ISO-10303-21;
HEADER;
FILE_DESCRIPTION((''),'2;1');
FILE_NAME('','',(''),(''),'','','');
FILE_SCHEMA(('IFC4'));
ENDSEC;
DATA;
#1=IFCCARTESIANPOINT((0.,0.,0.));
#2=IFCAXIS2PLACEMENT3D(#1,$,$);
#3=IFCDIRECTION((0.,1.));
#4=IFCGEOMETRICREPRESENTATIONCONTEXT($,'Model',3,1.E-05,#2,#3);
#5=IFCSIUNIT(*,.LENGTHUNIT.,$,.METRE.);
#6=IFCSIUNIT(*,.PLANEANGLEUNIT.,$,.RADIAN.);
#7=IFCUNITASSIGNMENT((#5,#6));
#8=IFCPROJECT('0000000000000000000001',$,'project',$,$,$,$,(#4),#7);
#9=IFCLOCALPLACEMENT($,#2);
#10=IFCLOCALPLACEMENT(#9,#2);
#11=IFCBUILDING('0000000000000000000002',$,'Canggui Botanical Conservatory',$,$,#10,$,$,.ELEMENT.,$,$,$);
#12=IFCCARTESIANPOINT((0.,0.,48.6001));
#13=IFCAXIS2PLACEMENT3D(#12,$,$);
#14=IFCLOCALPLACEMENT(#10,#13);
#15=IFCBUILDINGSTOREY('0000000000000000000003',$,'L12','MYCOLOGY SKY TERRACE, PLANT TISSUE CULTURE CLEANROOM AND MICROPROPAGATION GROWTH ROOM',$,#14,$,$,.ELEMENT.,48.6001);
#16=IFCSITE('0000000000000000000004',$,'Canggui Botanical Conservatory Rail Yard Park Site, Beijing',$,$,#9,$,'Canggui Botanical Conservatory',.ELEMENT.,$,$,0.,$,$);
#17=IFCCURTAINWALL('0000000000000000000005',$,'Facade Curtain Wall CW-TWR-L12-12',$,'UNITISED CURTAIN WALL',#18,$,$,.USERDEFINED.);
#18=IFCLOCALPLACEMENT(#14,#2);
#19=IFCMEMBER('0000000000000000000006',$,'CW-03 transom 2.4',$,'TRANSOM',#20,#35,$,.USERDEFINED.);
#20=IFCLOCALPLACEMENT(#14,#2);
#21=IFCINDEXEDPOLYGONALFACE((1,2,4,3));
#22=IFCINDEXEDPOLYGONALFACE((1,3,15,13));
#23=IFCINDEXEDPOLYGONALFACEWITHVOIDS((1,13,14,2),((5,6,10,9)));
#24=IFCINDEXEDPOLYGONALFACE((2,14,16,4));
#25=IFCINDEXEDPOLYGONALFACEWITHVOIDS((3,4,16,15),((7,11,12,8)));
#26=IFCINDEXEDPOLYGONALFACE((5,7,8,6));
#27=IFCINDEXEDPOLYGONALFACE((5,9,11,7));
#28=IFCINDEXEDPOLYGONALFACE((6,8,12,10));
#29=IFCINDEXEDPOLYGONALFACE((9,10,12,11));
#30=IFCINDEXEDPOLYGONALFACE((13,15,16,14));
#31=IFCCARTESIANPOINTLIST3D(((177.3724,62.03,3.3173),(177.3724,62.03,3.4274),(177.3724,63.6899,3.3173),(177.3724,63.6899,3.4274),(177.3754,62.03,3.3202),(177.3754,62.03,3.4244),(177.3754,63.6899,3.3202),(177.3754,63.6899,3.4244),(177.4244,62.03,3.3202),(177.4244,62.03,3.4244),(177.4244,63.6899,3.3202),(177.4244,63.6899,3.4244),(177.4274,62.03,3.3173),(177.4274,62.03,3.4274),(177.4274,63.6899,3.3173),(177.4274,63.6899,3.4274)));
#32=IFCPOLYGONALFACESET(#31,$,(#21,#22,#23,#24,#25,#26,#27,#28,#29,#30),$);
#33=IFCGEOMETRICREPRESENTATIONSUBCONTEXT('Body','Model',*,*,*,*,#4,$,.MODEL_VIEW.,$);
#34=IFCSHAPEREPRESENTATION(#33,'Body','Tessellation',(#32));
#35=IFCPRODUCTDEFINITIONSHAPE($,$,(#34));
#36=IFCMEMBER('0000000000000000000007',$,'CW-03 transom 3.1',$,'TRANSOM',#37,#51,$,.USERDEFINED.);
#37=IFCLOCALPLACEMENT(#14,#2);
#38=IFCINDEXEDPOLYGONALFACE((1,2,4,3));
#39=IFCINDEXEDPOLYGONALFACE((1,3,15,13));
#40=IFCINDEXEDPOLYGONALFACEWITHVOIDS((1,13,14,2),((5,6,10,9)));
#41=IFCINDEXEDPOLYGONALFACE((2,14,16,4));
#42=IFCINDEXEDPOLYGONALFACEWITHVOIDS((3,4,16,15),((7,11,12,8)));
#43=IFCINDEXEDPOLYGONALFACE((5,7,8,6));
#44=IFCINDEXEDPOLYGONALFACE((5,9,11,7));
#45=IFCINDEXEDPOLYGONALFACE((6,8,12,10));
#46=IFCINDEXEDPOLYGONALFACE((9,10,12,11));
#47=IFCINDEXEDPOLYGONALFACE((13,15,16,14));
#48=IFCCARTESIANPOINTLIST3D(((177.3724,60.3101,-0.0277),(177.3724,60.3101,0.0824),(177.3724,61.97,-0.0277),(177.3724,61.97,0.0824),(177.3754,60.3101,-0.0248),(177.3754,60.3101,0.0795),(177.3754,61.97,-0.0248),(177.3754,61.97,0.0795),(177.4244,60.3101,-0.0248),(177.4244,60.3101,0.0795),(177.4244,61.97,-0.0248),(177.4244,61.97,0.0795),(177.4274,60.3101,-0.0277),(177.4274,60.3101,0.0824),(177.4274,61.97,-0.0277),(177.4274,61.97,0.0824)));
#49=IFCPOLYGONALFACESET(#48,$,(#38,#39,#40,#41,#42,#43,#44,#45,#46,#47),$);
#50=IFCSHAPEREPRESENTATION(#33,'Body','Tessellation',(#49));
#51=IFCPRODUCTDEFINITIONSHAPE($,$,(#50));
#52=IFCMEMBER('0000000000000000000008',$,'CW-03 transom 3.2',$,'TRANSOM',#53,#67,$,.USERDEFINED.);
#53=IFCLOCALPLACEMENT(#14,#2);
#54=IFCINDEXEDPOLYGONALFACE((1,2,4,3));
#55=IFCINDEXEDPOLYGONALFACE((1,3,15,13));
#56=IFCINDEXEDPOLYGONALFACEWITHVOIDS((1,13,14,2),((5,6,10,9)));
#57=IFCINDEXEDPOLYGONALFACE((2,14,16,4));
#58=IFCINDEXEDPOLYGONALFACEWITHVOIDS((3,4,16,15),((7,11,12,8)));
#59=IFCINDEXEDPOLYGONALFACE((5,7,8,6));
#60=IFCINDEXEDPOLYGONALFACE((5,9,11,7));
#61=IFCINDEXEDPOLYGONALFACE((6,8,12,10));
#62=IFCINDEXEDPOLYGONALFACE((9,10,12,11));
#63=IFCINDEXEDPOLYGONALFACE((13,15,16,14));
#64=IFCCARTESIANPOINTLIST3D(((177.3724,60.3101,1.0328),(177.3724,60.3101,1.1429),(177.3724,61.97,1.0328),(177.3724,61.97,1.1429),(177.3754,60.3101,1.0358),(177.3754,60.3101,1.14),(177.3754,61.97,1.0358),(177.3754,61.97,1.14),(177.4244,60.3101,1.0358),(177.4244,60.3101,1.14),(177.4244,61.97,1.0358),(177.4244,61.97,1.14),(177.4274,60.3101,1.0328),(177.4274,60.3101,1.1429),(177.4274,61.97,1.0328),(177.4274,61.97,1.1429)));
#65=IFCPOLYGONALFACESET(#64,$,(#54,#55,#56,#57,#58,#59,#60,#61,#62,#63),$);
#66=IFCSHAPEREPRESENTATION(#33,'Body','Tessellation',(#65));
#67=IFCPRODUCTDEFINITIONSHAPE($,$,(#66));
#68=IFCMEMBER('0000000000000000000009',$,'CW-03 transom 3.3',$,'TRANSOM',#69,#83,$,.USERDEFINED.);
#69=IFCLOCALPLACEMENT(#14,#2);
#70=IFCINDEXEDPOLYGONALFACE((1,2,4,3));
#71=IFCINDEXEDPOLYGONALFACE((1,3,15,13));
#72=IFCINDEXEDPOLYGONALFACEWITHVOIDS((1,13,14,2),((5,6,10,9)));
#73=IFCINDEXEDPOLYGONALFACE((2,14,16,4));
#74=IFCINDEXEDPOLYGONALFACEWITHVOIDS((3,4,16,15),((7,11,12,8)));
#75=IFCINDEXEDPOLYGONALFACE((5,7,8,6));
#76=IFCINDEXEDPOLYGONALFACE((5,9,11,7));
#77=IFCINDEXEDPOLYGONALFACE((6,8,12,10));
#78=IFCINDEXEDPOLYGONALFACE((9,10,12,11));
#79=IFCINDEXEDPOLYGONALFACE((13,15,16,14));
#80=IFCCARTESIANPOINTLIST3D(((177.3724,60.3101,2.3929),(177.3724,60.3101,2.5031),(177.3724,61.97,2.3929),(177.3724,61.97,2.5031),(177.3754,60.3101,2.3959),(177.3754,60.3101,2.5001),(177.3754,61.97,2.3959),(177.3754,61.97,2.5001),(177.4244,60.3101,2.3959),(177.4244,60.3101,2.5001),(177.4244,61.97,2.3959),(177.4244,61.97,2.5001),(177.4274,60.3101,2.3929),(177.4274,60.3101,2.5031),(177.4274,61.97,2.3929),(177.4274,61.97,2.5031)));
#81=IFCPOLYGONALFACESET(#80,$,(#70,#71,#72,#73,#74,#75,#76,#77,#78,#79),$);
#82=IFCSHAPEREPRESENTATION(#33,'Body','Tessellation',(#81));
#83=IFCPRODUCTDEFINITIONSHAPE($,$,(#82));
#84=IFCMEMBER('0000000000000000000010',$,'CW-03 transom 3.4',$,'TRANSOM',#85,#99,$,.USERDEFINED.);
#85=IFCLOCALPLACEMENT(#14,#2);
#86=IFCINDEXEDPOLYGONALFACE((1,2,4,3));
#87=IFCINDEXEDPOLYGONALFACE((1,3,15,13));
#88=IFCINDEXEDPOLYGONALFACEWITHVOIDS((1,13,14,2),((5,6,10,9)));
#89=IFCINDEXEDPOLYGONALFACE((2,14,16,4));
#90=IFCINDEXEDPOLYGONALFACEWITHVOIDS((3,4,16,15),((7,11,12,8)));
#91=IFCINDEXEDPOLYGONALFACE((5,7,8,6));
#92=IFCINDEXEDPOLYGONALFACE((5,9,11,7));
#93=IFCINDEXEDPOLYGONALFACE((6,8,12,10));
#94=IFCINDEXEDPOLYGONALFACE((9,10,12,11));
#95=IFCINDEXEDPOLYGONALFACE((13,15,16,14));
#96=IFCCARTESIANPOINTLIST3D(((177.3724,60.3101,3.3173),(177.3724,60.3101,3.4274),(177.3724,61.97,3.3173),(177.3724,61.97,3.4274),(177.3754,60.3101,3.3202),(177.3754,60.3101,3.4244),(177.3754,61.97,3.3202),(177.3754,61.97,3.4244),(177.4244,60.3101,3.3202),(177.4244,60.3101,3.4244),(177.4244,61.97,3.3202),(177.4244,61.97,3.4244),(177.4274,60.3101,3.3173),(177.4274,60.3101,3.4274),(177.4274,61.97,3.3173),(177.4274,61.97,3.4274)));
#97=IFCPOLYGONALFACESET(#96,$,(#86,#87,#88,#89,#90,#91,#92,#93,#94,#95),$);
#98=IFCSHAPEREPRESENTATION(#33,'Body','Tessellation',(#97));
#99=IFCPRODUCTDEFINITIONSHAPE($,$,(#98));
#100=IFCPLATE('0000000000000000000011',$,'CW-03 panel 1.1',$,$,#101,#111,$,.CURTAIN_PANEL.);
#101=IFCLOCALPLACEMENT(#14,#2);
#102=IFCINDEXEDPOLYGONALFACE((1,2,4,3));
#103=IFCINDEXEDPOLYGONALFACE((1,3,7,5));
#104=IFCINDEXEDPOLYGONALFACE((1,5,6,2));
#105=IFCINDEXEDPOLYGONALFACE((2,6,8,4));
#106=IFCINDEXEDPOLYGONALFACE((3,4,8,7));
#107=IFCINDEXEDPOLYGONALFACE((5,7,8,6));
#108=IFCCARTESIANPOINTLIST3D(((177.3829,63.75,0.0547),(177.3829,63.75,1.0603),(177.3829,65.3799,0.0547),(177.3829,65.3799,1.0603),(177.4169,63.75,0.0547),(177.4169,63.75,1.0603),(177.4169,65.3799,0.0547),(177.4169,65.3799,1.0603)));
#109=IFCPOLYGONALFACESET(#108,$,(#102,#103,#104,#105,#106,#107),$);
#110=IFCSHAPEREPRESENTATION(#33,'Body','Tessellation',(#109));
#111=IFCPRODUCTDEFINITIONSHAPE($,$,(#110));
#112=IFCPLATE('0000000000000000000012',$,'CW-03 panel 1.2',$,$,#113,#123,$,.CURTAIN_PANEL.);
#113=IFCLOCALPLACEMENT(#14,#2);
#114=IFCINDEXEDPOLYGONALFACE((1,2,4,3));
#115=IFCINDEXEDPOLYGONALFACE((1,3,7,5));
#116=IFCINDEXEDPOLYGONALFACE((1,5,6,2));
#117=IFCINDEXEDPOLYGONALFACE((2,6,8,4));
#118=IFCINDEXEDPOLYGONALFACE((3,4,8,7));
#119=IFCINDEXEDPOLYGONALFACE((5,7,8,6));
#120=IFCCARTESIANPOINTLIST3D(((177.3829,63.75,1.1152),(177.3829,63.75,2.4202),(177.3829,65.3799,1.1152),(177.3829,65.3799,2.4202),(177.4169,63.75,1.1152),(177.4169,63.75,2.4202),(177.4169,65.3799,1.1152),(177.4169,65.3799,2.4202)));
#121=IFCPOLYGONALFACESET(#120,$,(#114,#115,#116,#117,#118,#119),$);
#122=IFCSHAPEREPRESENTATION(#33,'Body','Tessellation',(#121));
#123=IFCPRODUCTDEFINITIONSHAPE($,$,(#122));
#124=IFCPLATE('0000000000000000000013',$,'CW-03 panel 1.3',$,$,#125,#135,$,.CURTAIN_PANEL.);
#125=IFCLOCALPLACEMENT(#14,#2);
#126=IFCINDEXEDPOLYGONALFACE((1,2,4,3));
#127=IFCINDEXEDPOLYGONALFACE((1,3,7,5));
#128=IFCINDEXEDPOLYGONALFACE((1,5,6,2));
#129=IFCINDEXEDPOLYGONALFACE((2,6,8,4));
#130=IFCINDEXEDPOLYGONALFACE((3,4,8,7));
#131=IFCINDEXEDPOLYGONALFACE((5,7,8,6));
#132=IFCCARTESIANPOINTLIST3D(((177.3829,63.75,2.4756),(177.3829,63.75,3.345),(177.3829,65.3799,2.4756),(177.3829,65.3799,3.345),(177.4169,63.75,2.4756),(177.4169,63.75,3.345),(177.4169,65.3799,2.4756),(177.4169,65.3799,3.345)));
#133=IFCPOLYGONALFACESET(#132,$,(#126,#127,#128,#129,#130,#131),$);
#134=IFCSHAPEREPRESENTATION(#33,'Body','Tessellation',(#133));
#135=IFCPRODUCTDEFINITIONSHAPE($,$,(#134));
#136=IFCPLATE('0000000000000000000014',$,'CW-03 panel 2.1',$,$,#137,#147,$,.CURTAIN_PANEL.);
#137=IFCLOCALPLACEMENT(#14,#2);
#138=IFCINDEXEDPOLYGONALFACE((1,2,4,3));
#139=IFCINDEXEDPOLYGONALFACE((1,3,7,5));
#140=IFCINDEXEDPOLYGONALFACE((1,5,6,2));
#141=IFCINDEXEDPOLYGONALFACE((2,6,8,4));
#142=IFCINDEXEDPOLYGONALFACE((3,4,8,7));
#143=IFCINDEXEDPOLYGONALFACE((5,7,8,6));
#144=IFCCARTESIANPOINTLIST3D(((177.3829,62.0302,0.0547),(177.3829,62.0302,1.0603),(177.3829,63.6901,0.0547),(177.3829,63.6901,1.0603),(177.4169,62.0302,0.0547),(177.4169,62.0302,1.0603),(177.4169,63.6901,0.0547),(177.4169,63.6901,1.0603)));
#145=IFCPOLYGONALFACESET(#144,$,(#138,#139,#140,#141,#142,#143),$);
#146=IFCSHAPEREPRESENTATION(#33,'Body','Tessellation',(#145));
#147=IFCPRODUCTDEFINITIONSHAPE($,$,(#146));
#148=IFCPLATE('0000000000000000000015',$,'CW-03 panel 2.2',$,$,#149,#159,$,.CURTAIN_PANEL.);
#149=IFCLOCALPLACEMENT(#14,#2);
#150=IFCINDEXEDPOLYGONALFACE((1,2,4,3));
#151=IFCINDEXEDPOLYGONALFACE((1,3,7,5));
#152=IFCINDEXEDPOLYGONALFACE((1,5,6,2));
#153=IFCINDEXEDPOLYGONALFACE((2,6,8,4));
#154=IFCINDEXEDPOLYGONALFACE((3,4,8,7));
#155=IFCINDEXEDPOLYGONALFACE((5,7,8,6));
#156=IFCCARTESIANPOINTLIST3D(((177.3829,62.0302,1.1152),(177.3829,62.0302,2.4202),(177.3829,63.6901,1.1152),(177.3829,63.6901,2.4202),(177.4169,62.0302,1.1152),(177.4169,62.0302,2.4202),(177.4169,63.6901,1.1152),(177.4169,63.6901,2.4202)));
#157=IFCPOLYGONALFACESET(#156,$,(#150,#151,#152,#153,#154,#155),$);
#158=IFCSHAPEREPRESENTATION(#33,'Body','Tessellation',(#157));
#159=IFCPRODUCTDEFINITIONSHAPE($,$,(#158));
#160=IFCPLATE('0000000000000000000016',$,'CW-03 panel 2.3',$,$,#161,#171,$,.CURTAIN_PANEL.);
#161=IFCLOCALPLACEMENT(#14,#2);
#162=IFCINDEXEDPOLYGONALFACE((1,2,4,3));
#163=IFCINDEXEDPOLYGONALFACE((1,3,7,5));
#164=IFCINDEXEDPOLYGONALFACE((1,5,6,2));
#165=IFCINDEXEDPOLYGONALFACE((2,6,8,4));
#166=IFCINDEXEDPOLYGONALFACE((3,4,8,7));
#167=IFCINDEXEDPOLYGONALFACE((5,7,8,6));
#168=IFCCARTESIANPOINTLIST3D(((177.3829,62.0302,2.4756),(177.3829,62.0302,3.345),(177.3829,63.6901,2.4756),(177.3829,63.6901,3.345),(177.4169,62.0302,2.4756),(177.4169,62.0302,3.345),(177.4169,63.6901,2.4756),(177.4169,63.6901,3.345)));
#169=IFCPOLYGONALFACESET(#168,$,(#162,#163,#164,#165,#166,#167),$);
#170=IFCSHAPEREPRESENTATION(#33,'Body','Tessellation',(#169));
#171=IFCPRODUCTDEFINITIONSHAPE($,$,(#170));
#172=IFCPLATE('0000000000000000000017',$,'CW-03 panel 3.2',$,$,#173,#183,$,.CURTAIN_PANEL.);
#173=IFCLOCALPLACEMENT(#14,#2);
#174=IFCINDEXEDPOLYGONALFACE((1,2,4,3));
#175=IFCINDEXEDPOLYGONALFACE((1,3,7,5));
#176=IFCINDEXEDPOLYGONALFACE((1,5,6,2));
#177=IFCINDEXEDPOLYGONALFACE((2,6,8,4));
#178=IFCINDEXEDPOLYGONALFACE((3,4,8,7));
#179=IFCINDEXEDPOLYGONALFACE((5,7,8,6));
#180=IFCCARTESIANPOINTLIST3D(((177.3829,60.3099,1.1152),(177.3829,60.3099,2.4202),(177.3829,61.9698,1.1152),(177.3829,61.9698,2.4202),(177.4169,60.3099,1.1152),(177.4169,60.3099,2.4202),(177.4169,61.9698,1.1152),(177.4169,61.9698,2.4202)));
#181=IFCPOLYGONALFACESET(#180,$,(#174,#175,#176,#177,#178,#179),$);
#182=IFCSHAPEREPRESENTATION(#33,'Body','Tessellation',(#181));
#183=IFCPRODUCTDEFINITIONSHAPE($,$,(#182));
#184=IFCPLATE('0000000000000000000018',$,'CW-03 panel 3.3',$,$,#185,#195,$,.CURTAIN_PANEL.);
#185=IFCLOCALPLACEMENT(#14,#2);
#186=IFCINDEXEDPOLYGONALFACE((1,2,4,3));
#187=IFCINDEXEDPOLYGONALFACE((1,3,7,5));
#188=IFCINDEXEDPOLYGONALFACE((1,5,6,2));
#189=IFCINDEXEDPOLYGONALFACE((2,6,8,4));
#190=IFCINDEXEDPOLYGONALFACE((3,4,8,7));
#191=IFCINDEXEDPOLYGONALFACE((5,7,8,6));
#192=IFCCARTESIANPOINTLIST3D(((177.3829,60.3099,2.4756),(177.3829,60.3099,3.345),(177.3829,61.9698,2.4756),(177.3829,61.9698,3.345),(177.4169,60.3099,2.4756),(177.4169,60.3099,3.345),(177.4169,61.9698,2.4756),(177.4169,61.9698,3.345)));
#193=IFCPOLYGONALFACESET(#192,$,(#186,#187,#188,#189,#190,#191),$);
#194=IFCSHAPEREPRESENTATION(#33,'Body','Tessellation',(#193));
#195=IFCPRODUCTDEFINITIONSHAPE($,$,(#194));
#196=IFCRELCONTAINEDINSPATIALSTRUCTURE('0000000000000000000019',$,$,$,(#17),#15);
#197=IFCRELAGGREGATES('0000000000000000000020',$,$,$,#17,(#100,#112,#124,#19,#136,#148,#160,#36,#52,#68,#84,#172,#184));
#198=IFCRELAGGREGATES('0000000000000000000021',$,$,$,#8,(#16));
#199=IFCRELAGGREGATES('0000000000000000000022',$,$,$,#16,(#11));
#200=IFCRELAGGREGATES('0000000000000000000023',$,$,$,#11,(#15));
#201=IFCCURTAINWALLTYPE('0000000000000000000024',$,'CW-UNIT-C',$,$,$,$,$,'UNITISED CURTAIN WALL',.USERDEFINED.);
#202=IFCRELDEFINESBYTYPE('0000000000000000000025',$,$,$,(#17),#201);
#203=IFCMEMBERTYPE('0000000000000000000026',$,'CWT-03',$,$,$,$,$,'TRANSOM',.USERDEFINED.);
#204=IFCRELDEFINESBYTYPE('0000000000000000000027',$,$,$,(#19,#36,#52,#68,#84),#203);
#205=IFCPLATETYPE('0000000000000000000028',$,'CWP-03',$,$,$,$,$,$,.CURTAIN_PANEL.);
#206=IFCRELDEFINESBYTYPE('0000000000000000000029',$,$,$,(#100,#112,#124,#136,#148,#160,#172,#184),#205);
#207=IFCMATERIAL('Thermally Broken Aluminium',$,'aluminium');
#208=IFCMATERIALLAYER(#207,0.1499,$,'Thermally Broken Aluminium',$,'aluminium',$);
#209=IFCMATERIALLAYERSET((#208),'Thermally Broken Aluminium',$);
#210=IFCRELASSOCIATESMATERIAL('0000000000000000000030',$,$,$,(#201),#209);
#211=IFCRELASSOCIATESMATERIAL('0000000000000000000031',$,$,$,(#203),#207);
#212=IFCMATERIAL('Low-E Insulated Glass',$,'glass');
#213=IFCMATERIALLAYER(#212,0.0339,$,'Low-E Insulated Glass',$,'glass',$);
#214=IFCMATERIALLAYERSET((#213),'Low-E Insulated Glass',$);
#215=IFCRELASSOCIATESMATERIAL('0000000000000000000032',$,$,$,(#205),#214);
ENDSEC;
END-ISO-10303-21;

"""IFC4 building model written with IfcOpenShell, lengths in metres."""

from ifc_helpers import new_model, si_unit, direction, frame, origin, origin_2d, place, context, subcontext, project, spatial, rectangle, hollow_rectangle, extrude, material, layer, layer_set, material_profile, profile_set, type_object, element, aggregate, save


model = new_model("IFC4")

# Units and contexts
model_context = context("Model", 3, precision=1e-05, world=origin(), true_north=direction((0.0, 1.0)))
body_context = subcontext(model_context, "Body", "Model", "MODEL_VIEW")
ifc_project = project(units=[si_unit("LENGTHUNIT", "METRE"), si_unit("PLANEANGLEUNIT", "RADIAN")], contexts=[model_context])

# Site, building, storey
site_placement = place(None, origin())
site = spatial("IfcSite", under=ifc_project, at=site_placement, Name="Canggui Botanical Conservatory Rail Yard Park Site, Beijing", LongName="Canggui Botanical Conservatory", CompositionType="ELEMENT", RefElevation=0.0)
building_placement = place(site_placement, origin())
building = spatial("IfcBuilding", under=site, at=building_placement, Name="Canggui Botanical Conservatory", CompositionType="ELEMENT")
storey_placement = place(building_placement, frame((0.0, 0.0, 48.6001)))
storey = spatial("IfcBuildingStorey", under=building, at=storey_placement, Name="L12", Description="MYCOLOGY SKY TERRACE, PLANT TISSUE CULTURE CLEANROOM AND MICROPROPAGATION GROWTH ROOM", CompositionType="ELEMENT", Elevation=48.6001)

# Curtain wall, members, plates
ifc_material_1 = material(Name="Thermally Broken Aluminium", Category="aluminium")
ifc_layer_1 = layer(ifc_material_1, 0.1499, Name="Thermally Broken Aluminium", Category="aluminium")
ifc_layer_set_1 = layer_set([ifc_layer_1], Name="Thermally Broken Aluminium")
curtain_wall_type = type_object("IfcCurtainWallType", Name="CW-UNIT-C", ElementType="UNITISED CURTAIN WALL", PredefinedType="USERDEFINED", material=ifc_layer_set_1)
curtain_wall_placement = place(storey_placement, origin())
curtain_wall = element("IfcCurtainWall", 1, at=curtain_wall_placement, inside=storey, type_object=curtain_wall_type, Name="Facade Curtain Wall CW-TWR-L12-12", ObjectType="UNITISED CURTAIN WALL", PredefinedType="USERDEFINED")
ifc_material_profile_1 = material_profile(ifc_material_1, hollow_rectangle(XDim=0.0549, YDim=0.1101, WallThickness=0.0029, at=origin_2d()), Name="CWT 55x110x3")
ifc_profile_set_1 = profile_set([ifc_material_profile_1], Name="Thermally Broken Aluminium")
member_type_1 = type_object("IfcMemberType", Name="CWT-03", ElementType="TRANSOM", PredefinedType="USERDEFINED", material=ifc_profile_set_1)
member_1_placement = place(storey_placement, frame((177.3999, 63.6899, 3.3723), z_axis=(0.0, -1.0, 0.0), x_axis=(1.0, 0.0, 0.0)))
member_1 = element("IfcMember", 2, at=member_1_placement, type_object=member_type_1, Name="CW-03 transom 2.4", ObjectType="TRANSOM", PredefinedType="USERDEFINED", context=body_context, shape_type="SweptSolid", body=[
    extrude(hollow_rectangle(XDim=0.0549, YDim=0.1101, WallThickness=0.0029, at=origin_2d()), origin(), (0.0, 0.0, 1.0), 1.6599),
])
member_2_placement = place(storey_placement, frame((177.3999, 61.97, 0.0273), z_axis=(0.0, -1.0, 0.0), x_axis=(1.0, 0.0, 0.0)))
member_2 = element("IfcMember", 3, at=member_2_placement, type_object=member_type_1, Name="CW-03 transom 3.1", ObjectType="TRANSOM", PredefinedType="USERDEFINED", context=body_context, shape_type="SweptSolid", body=[
    extrude(hollow_rectangle(XDim=0.0549, YDim=0.1101, WallThickness=0.0029, at=origin_2d()), origin(), (0.0, 0.0, 1.0), 1.6599),
])
member_3_placement = place(storey_placement, frame((177.3999, 61.97, 1.0879), z_axis=(0.0, -1.0, 0.0), x_axis=(1.0, 0.0, 0.0)))
member_3 = element("IfcMember", 4, at=member_3_placement, type_object=member_type_1, Name="CW-03 transom 3.2", ObjectType="TRANSOM", PredefinedType="USERDEFINED", context=body_context, shape_type="SweptSolid", body=[
    extrude(hollow_rectangle(XDim=0.0549, YDim=0.1101, WallThickness=0.0029, at=origin_2d()), origin(), (0.0, 0.0, 1.0), 1.6599),
])
member_4_placement = place(storey_placement, frame((177.3999, 61.97, 2.448), z_axis=(0.0, -1.0, 0.0), x_axis=(1.0, 0.0, 0.0)))
member_4 = element("IfcMember", 5, at=member_4_placement, type_object=member_type_1, Name="CW-03 transom 3.3", ObjectType="TRANSOM", PredefinedType="USERDEFINED", context=body_context, shape_type="SweptSolid", body=[
    extrude(hollow_rectangle(XDim=0.0549, YDim=0.1101, WallThickness=0.0029, at=origin_2d()), origin(), (0.0, 0.0, 1.0), 1.6599),
])
member_5_placement = place(storey_placement, frame((177.3999, 61.97, 3.3723), z_axis=(0.0, -1.0, 0.0), x_axis=(1.0, 0.0, 0.0)))
member_5 = element("IfcMember", 6, at=member_5_placement, type_object=member_type_1, Name="CW-03 transom 3.4", ObjectType="TRANSOM", PredefinedType="USERDEFINED", context=body_context, shape_type="SweptSolid", body=[
    extrude(hollow_rectangle(XDim=0.0549, YDim=0.1101, WallThickness=0.0029, at=origin_2d()), origin(), (0.0, 0.0, 1.0), 1.6599),
])
ifc_material_2 = material(Name="Low-E Insulated Glass", Category="glass")
ifc_layer_2 = layer(ifc_material_2, 0.0339, Name="Low-E Insulated Glass", Category="glass")
ifc_layer_set_2 = layer_set([ifc_layer_2], Name="Low-E Insulated Glass")
plate_type = type_object("IfcPlateType", Name="CWP-03", PredefinedType="CURTAIN_PANEL", material=ifc_layer_set_2)
plate_1_placement = place(storey_placement, frame((177.3999, 64.5649, 0.0547), z_axis=(0.0, 0.0, 1.0), x_axis=(0.0, -1.0, 0.0)))
plate_1 = element("IfcPlate", 7, at=plate_1_placement, type_object=plate_type, Name="CW-03 panel 1.1", PredefinedType="CURTAIN_PANEL", context=body_context, shape_type="SweptSolid", body=[
    extrude(rectangle(XDim=1.6299, YDim=0.0339, at=origin_2d()), origin(), (0.0, 0.0, 1.0), 1.0056),
])
plate_2_placement = place(storey_placement, frame((177.3999, 64.5649, 1.1152), z_axis=(0.0, 0.0, 1.0), x_axis=(0.0, -1.0, 0.0)))
plate_2 = element("IfcPlate", 8, at=plate_2_placement, type_object=plate_type, Name="CW-03 panel 1.2", PredefinedType="CURTAIN_PANEL", context=body_context, shape_type="SweptSolid", body=[
    extrude(rectangle(XDim=1.6299, YDim=0.0339, at=origin_2d()), origin(), (0.0, 0.0, 1.0), 1.3049),
])
plate_3_placement = place(storey_placement, frame((177.3999, 64.5649, 2.4756), z_axis=(0.0, 0.0, 1.0), x_axis=(0.0, -1.0, 0.0)))
plate_3 = element("IfcPlate", 9, at=plate_3_placement, type_object=plate_type, Name="CW-03 panel 1.3", PredefinedType="CURTAIN_PANEL", context=body_context, shape_type="SweptSolid", body=[
    extrude(rectangle(XDim=1.6299, YDim=0.0339, at=origin_2d()), origin(), (0.0, 0.0, 1.0), 0.8694),
])
plate_4_placement = place(storey_placement, frame((177.3999, 62.8601, 0.0547), z_axis=(0.0, 0.0, 1.0), x_axis=(0.0, -1.0, 0.0)))
plate_4 = element("IfcPlate", 10, at=plate_4_placement, type_object=plate_type, Name="CW-03 panel 2.1", PredefinedType="CURTAIN_PANEL", context=body_context, shape_type="SweptSolid", body=[
    extrude(rectangle(XDim=1.6599, YDim=0.0339, at=origin_2d()), origin(), (0.0, 0.0, 1.0), 1.0056),
])
plate_5_placement = place(storey_placement, frame((177.3999, 62.8601, 1.1152), z_axis=(0.0, 0.0, 1.0), x_axis=(0.0, -1.0, 0.0)))
plate_5 = element("IfcPlate", 11, at=plate_5_placement, type_object=plate_type, Name="CW-03 panel 2.2", PredefinedType="CURTAIN_PANEL", context=body_context, shape_type="SweptSolid", body=[
    extrude(rectangle(XDim=1.6599, YDim=0.0339, at=origin_2d()), origin(), (0.0, 0.0, 1.0), 1.3049),
])
plate_6_placement = place(storey_placement, frame((177.3999, 62.8601, 2.4756), z_axis=(0.0, 0.0, 1.0), x_axis=(0.0, -1.0, 0.0)))
plate_6 = element("IfcPlate", 12, at=plate_6_placement, type_object=plate_type, Name="CW-03 panel 2.3", PredefinedType="CURTAIN_PANEL", context=body_context, shape_type="SweptSolid", body=[
    extrude(rectangle(XDim=1.6599, YDim=0.0339, at=origin_2d()), origin(), (0.0, 0.0, 1.0), 0.8694),
])
plate_7_placement = place(storey_placement, frame((177.3999, 61.1399, 1.1152), z_axis=(0.0, 0.0, 1.0), x_axis=(0.0, -1.0, 0.0)))
plate_7 = element("IfcPlate", 13, at=plate_7_placement, type_object=plate_type, Name="CW-03 panel 3.2", PredefinedType="CURTAIN_PANEL", context=body_context, shape_type="SweptSolid", body=[
    extrude(rectangle(XDim=1.6599, YDim=0.0339, at=origin_2d()), origin(), (0.0, 0.0, 1.0), 1.3049),
])
plate_8_placement = place(storey_placement, frame((177.3999, 61.1399, 2.4756), z_axis=(0.0, 0.0, 1.0), x_axis=(0.0, -1.0, 0.0)))
plate_8 = element("IfcPlate", 14, at=plate_8_placement, type_object=plate_type, Name="CW-03 panel 3.3", PredefinedType="CURTAIN_PANEL", context=body_context, shape_type="SweptSolid", body=[
    extrude(rectangle(XDim=1.6599, YDim=0.0339, at=origin_2d()), origin(), (0.0, 0.0, 1.0), 0.8694),
])
aggregate(curtain_wall, [plate_1, plate_2, plate_3, member_1, plate_4, plate_5, plate_6, member_2, member_3, member_4, member_5, plate_7, plate_8])

save(model, "model.ifc")
